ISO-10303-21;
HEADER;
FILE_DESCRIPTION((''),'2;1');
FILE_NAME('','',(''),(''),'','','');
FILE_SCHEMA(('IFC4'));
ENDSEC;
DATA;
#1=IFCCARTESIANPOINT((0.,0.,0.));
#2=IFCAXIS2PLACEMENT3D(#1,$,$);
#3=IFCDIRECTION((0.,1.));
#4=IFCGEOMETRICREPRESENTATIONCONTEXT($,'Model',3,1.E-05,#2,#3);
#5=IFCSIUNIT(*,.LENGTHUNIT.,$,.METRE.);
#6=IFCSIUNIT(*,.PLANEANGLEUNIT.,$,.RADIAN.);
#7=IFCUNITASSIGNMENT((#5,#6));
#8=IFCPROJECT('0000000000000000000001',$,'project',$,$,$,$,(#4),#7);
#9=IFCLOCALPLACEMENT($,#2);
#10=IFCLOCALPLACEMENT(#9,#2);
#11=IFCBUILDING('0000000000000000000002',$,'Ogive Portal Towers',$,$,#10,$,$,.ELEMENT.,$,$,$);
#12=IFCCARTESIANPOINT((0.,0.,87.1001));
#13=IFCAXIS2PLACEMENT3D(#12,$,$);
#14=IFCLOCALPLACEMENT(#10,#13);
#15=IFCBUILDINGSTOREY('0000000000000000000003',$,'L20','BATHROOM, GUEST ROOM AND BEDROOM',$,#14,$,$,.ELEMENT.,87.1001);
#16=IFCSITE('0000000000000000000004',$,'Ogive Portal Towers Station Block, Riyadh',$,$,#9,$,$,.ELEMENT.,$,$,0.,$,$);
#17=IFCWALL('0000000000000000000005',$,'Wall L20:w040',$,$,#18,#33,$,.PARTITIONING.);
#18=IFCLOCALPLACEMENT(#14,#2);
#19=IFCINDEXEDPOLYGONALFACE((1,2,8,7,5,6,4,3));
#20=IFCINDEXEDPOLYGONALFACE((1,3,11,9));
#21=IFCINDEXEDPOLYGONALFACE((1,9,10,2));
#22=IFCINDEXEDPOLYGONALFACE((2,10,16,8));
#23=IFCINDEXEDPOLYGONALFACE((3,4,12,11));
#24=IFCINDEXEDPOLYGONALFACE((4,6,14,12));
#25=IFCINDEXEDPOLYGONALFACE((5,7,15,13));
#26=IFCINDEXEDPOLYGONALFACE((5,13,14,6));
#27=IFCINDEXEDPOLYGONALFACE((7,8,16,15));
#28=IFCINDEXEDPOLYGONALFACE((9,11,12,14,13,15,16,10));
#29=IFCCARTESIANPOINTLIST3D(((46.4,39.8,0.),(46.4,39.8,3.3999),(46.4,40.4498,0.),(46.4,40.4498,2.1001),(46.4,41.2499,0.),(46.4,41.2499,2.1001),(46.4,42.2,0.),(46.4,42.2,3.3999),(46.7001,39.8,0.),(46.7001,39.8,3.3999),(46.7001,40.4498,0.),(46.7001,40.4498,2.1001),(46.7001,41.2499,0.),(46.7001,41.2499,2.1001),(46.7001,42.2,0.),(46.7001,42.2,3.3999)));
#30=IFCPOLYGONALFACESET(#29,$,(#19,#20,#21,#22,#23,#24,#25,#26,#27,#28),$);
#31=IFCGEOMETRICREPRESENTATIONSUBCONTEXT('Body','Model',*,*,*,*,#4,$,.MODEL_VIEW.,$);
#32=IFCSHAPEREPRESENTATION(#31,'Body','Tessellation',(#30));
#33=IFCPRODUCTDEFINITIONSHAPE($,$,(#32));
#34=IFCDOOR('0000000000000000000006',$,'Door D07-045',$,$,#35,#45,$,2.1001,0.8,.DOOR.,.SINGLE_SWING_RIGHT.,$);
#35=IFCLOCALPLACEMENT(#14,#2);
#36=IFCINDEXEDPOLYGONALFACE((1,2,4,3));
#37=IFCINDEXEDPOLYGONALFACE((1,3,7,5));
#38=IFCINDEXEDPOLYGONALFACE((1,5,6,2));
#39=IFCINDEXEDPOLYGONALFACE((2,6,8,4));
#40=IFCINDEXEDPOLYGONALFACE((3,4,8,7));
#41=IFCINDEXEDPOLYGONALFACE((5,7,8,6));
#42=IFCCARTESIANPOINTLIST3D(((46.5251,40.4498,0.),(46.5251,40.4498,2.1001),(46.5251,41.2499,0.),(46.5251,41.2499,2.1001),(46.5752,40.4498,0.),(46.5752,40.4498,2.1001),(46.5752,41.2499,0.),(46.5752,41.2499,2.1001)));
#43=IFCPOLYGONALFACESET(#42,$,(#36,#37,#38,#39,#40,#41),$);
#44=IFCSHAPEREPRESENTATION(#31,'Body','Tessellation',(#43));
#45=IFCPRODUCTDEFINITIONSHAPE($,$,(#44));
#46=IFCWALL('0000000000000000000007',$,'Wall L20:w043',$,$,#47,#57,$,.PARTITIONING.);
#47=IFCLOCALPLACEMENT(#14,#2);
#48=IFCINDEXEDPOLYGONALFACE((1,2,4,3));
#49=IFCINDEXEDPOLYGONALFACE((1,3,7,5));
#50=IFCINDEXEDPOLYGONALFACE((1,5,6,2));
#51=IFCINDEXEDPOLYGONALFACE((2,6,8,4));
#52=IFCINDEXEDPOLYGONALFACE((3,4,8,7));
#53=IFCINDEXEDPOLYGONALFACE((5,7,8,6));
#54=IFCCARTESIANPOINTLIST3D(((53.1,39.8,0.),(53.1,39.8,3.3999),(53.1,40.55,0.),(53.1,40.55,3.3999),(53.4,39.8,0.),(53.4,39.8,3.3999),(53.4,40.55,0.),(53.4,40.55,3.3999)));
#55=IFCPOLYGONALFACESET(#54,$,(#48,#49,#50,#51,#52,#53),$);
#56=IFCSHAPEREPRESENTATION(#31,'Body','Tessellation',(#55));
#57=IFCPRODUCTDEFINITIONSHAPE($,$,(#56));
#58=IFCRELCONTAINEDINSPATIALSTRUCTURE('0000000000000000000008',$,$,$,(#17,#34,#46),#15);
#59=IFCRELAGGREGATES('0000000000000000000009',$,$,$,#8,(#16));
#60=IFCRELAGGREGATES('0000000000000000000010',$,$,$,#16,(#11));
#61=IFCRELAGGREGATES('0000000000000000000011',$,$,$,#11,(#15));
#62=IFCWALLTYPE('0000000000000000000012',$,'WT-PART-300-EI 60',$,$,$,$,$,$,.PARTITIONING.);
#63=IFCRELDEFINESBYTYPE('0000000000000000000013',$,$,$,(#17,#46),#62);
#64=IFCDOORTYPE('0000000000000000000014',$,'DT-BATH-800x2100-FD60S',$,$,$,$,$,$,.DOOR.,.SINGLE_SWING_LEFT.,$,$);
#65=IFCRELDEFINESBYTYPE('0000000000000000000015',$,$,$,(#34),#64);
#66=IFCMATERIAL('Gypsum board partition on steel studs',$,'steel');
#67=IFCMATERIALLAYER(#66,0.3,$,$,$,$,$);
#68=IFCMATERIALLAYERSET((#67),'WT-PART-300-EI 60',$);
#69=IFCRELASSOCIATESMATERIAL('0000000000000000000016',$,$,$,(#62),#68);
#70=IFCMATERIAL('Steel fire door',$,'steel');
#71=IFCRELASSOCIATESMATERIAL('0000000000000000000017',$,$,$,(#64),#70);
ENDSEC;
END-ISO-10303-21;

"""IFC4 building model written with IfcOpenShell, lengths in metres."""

from ifc_helpers import new_model, si_unit, direction, frame, frame_2d, origin, place, context, subcontext, project, spatial, rectangle, extrude, material, layer, layer_set, type_object, element, fill, save


model = new_model("IFC4")

# Units and contexts
model_context = context("Model", 3, precision=1e-05, world=origin(), true_north=direction((0.0, 1.0)))
body_context = subcontext(model_context, "Body", "Model", "MODEL_VIEW")
ifc_project = project(units=[si_unit("LENGTHUNIT", "METRE"), si_unit("PLANEANGLEUNIT", "RADIAN")], contexts=[model_context])

# Site, building, storey
site_placement = place(None, origin())
site = spatial("IfcSite", under=ifc_project, at=site_placement, Name="Ogive Portal Towers Station Block, Riyadh", CompositionType="ELEMENT", RefElevation=0.0)
building_placement = place(site_placement, origin())
building = spatial("IfcBuilding", under=site, at=building_placement, Name="Ogive Portal Towers", CompositionType="ELEMENT")
storey_placement = place(building_placement, frame((0.0, 0.0, 87.1001)))
storey = spatial("IfcBuildingStorey", under=building, at=storey_placement, Name="L20", Description="BATHROOM, GUEST ROOM AND BEDROOM", CompositionType="ELEMENT", Elevation=87.1001)

# Shared definitions
ifc_material_1 = material(Name="Gypsum board partition on steel studs", Category="steel")

# Wall, opening, door
ifc_layer_1 = layer(ifc_material_1, 0.3)
ifc_layer_set_1 = layer_set([ifc_layer_1], Name="WT-PART-300-EI 60")
wall_type_1 = type_object("IfcWallType", Name="WT-PART-300-EI 60", PredefinedType="PARTITIONING", material=ifc_layer_set_1)
wall_1_placement = place(storey_placement, frame((46.55, 39.8, 0.0), z_axis=(0.0, 0.0, 1.0), x_axis=(0.0, 1.0, 0.0)))
wall_1 = element("IfcWall", 1, at=wall_1_placement, inside=storey, type_object=wall_type_1, Name="Wall L20:w040", PredefinedType="PARTITIONING", context=body_context, shape_type="SweptSolid", body=[
    extrude(rectangle(XDim=2.3999, YDim=0.3, at=frame_2d((1.2, 0.0))), origin(), (0.0, 0.0, 1.0), 3.3999),
])
opening_placement = place(wall_1_placement, frame((0.6499, 0.0, 0.0)))
opening = element("IfcOpeningElement", 2, at=opening_placement, cuts=wall_1, PredefinedType="OPENING", context=body_context, shape_type="SweptSolid", body=[
    extrude(rectangle(XDim=0.8, YDim=2.1001, at=frame_2d((0.3999, 1.05))), frame((0.0, 0.1602, 0.0), z_axis=(0.0, -1.0, 0.0), x_axis=(1.0, 0.0, 0.0)), (0.0, 0.0, 1.0), 0.3201),
])
ifc_material_2 = material(Name="Steel fire door", Category="steel")
door_type = type_object("IfcDoorType", Name="DT-BATH-800x2100-FD60S", OperationType="SINGLE_SWING_LEFT", PredefinedType="DOOR", material=ifc_material_2)
door_placement = place(opening_placement, origin())
door = element("IfcDoor", 3, at=door_placement, inside=storey, type_object=door_type, Name="Door D07-045", OperationType="SINGLE_SWING_RIGHT", OverallHeight=2.1001, OverallWidth=0.8, PredefinedType="DOOR", context=body_context, shape_type="SweptSolid", body=[
    extrude(rectangle(XDim=0.8, YDim=2.1001, at=frame_2d((0.3999, 1.05))), frame((0.0, 0.0249, 0.0), z_axis=(0.0, -1.0, 0.0), x_axis=(1.0, 0.0, 0.0)), (0.0, 0.0, 1.0), 0.05),
])
fill(opening, door)

# Wall
wall_2_placement = place(storey_placement, frame((53.25, 39.8, 0.0), z_axis=(0.0, 0.0, 1.0), x_axis=(0.0, 1.0, 0.0)))
element("IfcWall", 4, at=wall_2_placement, inside=storey, type_object=wall_type_1, Name="Wall L20:w043", PredefinedType="PARTITIONING", context=body_context, shape_type="SweptSolid", body=[
    extrude(rectangle(XDim=0.75, YDim=0.3, at=frame_2d((0.375, 0.0))), origin(), (0.0, 0.0, 1.0), 3.3999),
])

save(model, "model.ifc")
